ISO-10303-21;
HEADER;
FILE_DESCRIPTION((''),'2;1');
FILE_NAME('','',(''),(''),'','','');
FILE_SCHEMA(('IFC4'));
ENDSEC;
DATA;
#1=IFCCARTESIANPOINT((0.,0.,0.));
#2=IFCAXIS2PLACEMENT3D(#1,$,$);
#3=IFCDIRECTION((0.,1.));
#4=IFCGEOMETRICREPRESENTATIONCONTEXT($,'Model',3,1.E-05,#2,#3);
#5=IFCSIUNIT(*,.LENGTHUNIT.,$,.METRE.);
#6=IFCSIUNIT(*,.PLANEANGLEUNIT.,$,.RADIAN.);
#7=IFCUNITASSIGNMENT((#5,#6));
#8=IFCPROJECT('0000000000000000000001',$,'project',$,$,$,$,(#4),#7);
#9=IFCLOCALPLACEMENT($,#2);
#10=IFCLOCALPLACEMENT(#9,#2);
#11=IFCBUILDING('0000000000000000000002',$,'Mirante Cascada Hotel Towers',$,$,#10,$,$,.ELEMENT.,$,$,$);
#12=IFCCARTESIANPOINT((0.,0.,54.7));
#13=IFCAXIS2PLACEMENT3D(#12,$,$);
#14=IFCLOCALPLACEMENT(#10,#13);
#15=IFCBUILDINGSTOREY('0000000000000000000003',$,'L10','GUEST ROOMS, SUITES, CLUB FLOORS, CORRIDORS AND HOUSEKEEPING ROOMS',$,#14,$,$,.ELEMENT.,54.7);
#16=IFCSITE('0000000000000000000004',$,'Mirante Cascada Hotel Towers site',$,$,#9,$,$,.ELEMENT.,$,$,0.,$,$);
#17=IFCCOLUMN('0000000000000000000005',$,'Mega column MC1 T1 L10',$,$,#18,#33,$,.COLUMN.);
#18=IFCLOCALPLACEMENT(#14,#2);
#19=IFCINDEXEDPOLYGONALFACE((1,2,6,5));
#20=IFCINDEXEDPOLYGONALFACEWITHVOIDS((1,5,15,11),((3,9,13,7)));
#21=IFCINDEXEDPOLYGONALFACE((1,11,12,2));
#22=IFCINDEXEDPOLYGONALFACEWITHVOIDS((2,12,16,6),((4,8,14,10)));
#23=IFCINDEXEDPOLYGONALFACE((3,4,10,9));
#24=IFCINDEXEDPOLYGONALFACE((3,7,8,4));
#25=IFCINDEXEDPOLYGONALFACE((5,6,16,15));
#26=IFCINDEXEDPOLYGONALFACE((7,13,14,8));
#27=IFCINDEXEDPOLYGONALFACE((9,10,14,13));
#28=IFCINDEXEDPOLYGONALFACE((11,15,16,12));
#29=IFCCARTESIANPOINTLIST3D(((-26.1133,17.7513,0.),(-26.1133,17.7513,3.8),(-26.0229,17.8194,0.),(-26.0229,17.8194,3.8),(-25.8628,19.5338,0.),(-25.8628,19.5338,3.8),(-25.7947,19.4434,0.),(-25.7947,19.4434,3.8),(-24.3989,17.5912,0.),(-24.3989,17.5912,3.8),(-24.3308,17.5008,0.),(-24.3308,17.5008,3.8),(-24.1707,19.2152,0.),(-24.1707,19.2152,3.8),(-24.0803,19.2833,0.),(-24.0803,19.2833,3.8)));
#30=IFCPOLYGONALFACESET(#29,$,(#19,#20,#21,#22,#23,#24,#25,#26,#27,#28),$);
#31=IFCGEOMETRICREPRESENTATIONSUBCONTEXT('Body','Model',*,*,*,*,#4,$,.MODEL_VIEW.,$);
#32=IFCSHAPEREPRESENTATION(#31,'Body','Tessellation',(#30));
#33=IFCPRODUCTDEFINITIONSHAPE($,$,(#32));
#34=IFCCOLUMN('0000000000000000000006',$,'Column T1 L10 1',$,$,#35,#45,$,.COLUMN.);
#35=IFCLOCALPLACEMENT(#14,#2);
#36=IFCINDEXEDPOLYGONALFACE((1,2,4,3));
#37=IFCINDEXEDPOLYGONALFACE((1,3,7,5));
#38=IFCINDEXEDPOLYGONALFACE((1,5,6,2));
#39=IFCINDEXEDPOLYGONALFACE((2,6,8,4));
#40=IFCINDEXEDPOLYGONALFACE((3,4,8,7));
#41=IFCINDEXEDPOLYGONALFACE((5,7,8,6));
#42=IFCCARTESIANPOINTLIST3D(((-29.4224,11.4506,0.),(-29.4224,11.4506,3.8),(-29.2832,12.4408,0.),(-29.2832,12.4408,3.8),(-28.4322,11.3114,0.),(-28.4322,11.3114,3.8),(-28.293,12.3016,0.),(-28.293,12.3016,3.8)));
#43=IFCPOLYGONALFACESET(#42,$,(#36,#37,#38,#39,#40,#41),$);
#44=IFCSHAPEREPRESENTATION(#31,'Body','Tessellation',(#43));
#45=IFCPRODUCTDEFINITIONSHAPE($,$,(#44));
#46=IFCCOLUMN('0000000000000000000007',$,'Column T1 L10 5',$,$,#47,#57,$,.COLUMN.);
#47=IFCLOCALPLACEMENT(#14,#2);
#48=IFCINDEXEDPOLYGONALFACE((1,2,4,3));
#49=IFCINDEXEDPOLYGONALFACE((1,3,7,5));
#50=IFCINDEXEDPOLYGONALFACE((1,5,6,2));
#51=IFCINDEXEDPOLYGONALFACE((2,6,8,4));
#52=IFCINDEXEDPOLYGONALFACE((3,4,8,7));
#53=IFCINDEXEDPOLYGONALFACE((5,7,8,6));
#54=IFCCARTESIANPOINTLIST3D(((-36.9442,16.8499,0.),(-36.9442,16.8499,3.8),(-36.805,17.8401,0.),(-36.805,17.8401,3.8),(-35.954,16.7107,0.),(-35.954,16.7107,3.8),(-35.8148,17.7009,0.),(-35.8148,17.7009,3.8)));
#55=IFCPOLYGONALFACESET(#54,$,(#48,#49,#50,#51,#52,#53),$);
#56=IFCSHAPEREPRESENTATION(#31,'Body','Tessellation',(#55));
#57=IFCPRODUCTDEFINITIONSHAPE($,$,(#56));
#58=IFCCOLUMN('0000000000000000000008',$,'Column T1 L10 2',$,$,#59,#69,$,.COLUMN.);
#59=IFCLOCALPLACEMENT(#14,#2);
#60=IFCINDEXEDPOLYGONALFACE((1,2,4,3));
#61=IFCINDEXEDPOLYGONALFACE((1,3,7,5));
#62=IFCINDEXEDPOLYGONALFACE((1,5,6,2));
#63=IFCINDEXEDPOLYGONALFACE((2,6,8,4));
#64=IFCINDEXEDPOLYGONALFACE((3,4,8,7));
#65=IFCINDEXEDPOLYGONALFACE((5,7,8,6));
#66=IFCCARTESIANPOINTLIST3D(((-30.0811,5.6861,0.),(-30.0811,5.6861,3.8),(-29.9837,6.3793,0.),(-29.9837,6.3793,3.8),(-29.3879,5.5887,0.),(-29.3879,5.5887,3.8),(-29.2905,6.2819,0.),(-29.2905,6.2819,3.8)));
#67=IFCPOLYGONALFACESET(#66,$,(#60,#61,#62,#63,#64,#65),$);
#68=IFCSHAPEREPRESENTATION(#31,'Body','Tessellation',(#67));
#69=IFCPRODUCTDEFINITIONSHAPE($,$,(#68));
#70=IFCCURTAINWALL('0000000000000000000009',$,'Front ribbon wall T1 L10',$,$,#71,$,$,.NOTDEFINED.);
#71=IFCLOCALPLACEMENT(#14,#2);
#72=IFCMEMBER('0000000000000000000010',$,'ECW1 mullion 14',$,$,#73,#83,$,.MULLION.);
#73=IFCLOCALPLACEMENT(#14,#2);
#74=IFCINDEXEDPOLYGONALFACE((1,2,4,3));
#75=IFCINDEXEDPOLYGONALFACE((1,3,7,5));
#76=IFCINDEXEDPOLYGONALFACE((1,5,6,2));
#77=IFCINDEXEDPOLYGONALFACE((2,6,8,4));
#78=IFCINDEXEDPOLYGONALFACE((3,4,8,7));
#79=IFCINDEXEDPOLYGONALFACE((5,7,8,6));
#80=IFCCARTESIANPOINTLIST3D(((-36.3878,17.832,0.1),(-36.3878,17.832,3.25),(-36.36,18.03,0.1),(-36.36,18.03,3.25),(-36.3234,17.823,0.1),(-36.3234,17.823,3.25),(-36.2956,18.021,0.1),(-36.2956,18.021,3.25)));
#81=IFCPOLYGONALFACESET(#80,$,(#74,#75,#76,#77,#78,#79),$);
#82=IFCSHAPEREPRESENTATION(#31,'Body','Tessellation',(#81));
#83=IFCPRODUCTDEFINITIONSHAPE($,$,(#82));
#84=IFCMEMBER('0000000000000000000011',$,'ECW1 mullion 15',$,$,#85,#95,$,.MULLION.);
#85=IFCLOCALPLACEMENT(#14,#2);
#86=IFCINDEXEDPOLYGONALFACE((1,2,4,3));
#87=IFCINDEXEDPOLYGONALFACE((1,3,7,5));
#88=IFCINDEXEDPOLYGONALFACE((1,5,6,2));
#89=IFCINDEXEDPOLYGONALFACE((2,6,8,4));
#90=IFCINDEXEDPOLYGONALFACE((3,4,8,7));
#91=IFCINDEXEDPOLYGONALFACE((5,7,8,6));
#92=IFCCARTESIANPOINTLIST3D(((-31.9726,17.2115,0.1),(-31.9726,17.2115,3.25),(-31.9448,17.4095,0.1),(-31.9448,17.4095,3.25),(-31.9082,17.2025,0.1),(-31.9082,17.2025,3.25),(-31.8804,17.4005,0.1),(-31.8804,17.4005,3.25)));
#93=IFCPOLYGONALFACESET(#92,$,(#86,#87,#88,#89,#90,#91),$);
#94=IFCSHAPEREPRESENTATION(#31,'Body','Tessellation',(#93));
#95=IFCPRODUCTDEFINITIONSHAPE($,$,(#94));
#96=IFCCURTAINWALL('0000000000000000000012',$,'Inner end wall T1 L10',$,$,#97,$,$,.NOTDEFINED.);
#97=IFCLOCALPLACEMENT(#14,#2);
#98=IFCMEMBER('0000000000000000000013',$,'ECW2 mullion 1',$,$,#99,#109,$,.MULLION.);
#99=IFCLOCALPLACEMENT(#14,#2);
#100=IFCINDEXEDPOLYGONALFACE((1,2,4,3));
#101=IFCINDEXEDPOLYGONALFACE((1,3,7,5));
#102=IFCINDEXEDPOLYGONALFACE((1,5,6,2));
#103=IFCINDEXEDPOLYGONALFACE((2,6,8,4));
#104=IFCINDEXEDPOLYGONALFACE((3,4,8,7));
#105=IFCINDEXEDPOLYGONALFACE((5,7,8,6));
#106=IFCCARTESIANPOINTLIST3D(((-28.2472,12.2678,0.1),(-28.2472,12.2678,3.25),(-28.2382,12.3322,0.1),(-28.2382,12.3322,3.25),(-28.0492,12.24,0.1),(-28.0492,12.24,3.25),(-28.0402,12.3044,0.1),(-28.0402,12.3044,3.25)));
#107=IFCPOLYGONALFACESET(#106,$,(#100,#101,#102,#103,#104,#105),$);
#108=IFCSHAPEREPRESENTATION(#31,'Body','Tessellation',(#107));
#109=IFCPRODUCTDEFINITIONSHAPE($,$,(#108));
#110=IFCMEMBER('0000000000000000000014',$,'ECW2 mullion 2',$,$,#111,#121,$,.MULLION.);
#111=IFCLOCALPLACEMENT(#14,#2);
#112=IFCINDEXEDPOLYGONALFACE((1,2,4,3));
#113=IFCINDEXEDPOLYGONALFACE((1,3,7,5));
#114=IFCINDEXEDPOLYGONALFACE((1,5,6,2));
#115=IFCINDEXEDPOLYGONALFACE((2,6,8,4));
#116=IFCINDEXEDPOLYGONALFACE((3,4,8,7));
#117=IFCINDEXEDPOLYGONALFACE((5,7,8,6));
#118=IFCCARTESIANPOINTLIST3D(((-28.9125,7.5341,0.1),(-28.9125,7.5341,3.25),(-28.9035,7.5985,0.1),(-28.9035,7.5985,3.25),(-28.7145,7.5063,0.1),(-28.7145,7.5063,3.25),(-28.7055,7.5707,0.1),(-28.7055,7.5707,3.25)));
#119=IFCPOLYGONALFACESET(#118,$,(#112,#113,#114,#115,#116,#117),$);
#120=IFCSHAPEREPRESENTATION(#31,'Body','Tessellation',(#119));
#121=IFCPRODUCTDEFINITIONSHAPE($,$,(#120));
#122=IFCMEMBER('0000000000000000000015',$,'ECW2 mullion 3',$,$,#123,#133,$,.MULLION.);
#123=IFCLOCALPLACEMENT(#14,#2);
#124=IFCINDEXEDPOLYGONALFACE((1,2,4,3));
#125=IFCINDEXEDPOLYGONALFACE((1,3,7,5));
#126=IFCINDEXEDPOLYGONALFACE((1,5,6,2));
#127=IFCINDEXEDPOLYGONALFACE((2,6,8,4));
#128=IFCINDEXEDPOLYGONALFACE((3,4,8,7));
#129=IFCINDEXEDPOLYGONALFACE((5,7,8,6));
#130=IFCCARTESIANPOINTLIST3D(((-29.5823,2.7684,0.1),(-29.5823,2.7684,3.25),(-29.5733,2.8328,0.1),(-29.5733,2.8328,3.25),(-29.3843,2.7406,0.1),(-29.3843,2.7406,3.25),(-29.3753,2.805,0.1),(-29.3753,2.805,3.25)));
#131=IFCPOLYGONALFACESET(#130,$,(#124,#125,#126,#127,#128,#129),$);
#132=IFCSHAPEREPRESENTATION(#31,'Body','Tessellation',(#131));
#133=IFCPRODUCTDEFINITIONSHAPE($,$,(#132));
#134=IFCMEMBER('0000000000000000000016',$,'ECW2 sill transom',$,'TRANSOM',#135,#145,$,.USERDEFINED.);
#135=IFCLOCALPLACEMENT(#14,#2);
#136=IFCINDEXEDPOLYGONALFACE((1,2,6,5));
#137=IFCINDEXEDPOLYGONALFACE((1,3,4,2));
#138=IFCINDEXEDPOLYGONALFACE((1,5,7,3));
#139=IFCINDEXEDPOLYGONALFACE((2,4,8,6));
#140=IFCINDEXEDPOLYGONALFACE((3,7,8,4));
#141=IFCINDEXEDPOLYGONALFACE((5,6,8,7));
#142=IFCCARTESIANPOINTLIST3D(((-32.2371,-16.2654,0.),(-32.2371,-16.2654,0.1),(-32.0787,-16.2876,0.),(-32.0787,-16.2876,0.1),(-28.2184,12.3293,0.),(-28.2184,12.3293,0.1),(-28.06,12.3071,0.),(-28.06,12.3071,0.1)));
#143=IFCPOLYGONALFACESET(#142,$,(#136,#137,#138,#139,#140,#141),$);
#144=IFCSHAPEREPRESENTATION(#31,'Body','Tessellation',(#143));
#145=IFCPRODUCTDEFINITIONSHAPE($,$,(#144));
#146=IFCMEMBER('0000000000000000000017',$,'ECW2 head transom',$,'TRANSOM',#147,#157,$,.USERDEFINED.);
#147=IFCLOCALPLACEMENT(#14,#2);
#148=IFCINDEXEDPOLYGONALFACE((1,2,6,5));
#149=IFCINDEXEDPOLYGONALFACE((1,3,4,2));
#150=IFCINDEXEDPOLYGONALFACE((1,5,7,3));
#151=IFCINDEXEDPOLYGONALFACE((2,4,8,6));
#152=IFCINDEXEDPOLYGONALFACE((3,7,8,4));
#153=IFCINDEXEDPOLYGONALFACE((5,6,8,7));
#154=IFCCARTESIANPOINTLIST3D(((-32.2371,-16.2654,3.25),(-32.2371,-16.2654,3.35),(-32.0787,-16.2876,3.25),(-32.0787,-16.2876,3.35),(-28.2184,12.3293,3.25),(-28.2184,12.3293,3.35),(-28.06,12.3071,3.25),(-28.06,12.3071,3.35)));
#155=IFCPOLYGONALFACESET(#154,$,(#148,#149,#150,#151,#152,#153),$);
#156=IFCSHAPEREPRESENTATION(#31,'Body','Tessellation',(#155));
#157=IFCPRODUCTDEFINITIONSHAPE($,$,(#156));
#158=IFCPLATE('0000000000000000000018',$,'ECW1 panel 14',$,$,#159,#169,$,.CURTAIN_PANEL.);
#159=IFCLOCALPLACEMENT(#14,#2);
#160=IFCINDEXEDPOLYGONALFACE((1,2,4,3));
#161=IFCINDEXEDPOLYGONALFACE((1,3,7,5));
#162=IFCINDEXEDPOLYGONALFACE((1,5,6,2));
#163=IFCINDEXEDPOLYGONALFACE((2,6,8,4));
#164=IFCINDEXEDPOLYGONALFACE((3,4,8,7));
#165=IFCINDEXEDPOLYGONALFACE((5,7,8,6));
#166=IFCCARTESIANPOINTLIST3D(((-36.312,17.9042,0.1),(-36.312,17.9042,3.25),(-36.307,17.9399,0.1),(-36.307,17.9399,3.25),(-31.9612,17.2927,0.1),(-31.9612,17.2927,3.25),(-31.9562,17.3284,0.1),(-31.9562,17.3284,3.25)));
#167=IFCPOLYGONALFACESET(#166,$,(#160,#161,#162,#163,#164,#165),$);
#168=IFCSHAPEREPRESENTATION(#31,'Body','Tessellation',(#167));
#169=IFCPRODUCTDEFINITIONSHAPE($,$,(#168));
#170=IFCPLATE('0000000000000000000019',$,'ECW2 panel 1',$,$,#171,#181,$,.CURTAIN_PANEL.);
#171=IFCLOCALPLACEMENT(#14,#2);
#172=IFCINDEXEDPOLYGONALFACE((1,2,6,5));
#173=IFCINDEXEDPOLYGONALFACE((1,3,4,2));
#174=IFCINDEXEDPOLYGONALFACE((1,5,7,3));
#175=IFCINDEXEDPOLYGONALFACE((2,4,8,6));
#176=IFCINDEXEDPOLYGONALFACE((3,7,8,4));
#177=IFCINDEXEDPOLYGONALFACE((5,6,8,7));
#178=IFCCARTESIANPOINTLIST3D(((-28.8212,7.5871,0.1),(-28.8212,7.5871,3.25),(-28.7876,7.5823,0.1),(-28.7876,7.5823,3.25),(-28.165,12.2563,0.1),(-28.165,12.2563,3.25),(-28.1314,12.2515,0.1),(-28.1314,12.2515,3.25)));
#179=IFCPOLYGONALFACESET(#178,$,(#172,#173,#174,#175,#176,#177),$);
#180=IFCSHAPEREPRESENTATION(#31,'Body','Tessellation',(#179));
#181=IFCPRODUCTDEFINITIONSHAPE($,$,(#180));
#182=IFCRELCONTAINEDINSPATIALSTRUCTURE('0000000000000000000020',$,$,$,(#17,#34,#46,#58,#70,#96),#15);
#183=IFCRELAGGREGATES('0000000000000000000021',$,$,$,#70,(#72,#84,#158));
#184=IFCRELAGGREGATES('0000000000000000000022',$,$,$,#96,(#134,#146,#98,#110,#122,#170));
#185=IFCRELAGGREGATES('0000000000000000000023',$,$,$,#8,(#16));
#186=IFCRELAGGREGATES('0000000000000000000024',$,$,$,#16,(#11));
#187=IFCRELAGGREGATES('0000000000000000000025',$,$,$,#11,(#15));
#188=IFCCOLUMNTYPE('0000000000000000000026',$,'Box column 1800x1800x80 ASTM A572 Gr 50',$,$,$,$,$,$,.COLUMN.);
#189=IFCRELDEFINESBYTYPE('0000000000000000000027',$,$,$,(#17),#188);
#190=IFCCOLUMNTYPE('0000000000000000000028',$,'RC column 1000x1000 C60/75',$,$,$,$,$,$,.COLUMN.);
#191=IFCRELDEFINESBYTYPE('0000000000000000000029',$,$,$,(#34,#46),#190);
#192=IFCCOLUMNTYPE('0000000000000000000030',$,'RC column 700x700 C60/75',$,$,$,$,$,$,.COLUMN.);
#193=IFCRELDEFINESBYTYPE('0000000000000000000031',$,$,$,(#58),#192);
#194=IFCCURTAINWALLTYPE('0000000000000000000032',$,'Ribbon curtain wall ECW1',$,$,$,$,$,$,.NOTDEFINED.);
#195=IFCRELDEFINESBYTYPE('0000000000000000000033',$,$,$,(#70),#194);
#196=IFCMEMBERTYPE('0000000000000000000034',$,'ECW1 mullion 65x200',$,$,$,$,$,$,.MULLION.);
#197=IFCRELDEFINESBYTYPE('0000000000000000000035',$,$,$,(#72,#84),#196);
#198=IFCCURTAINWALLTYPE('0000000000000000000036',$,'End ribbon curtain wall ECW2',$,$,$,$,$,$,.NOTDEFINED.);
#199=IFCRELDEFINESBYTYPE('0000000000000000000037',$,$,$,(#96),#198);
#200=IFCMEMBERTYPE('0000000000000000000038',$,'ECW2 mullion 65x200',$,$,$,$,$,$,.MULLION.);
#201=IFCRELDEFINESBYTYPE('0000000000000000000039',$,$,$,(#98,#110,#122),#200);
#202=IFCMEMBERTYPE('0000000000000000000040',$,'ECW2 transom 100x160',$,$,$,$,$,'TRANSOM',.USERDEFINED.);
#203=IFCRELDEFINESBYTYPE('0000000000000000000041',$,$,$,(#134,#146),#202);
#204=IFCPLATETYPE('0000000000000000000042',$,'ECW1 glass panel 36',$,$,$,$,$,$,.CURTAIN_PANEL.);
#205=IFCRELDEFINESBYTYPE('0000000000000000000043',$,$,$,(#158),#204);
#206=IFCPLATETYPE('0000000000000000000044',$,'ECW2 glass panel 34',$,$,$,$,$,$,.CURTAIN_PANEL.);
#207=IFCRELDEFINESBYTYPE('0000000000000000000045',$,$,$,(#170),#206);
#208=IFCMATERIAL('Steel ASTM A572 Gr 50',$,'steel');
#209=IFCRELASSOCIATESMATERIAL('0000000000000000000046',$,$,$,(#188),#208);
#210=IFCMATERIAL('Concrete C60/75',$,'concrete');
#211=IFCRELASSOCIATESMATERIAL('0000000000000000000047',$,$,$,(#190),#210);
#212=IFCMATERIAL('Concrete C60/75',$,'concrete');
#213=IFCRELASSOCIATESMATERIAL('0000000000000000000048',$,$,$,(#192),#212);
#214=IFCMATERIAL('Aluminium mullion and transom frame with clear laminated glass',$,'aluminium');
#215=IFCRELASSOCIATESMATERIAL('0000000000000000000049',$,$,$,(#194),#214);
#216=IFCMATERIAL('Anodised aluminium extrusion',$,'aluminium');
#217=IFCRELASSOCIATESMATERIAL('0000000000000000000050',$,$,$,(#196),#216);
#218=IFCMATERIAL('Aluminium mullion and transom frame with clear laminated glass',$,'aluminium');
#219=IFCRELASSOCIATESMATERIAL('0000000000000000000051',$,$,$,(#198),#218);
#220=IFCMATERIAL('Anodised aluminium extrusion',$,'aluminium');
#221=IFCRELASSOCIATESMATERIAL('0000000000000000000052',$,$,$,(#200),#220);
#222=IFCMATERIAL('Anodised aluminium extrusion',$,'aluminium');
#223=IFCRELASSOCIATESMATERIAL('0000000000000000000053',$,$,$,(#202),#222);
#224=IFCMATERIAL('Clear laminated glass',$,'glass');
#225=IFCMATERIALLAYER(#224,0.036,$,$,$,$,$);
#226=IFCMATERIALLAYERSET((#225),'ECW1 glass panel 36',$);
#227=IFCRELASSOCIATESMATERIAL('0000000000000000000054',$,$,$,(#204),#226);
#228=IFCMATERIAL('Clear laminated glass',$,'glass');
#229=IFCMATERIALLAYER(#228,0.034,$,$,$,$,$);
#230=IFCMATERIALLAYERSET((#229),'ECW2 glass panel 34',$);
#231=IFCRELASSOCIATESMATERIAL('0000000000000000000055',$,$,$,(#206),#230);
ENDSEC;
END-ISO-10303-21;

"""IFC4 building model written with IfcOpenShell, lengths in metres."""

from ifc_helpers import new_model, si_unit, direction, frame, origin, origin_2d, place, context, subcontext, project, spatial, rectangle, hollow_rectangle, extrude, material, layer, layer_set, material_profile, profile_set, type_object, element, aggregate, save


model = new_model("IFC4")

# Units and contexts
model_context = context("Model", 3, precision=1e-05, world=origin(), true_north=direction((0.0, 1.0)))
body_context = subcontext(model_context, "Body", "Model", "MODEL_VIEW")
ifc_project = project(units=[si_unit("LENGTHUNIT", "METRE"), si_unit("PLANEANGLEUNIT", "RADIAN")], contexts=[model_context])

# Site, building, storey
site_placement = place(None, origin())
site = spatial("IfcSite", under=ifc_project, at=site_placement, Name="Mirante Cascada Hotel Towers site", CompositionType="ELEMENT", RefElevation=0.0)
building_placement = place(site_placement, origin())
building = spatial("IfcBuilding", under=site, at=building_placement, Name="Mirante Cascada Hotel Towers", CompositionType="ELEMENT")
storey_placement = place(building_placement, frame((0.0, 0.0, 54.7)))
storey = spatial("IfcBuildingStorey", under=building, at=storey_placement, Name="L10", Description="GUEST ROOMS, SUITES, CLUB FLOORS, CORRIDORS AND HOUSEKEEPING ROOMS", CompositionType="ELEMENT", Elevation=54.7)

# Columns
ifc_material_1 = material(Name="Steel ASTM A572 Gr 50", Category="steel")
ifc_material_profile_1 = material_profile(ifc_material_1, hollow_rectangle(XDim=1.8, YDim=1.8, WallThickness=0.08, at=origin_2d()), Name="Box column 1800x1800x80 ASTM A572 Gr 50")
ifc_profile_set_1 = profile_set([ifc_material_profile_1], Name="Steel ASTM A572 Gr 50")
column_type_1 = type_object("IfcColumnType", Name="Box column 1800x1800x80 ASTM A572 Gr 50", PredefinedType="COLUMN", material=ifc_profile_set_1)
column_1_placement = place(storey_placement, frame((-25.0968, 18.5173, 0.0), z_axis=(0.0, 0.0, 1.0), x_axis=(-0.990268, 0.139173, 0.0)))
element("IfcColumn", 1, at=column_1_placement, inside=storey, type_object=column_type_1, Name="Mega column MC1 T1 L10", PredefinedType="COLUMN", context=body_context, shape_type="SweptSolid", body=[
    extrude(hollow_rectangle(XDim=1.8, YDim=1.8, WallThickness=0.08, at=origin_2d()), origin(), (0.0, 0.0, 1.0), 3.8),
])
ifc_material_2 = material(Name="Concrete C60/75", Category="concrete")
ifc_material_profile_2 = material_profile(ifc_material_2, rectangle(XDim=1.0, YDim=1.0, at=origin_2d()), Name="RC column 1000x1000 C60/75")
ifc_profile_set_2 = profile_set([ifc_material_profile_2], Name="Concrete C60/75")
column_type_2 = type_object("IfcColumnType", Name="RC column 1000x1000 C60/75", PredefinedType="COLUMN", material=ifc_profile_set_2)
for number, where, z_axis, x_axis, name in (
    (2, (-28.8577, 11.8761, 0.0), (0.0, 0.0, 1.0), (-0.990268, 0.139173, 0.0), "Column T1 L10 1"),
    (3, (-36.3795, 17.2754, 0.0), (0.0, 0.0, 1.0), (-0.990268, 0.139173, 0.0), "Column T1 L10 5"),
):
    element("IfcColumn", number, at=place(storey_placement, frame(where, z_axis=z_axis, x_axis=x_axis)), inside=storey, type_object=column_type_2, Name=name, PredefinedType="COLUMN", context=body_context, shape_type="SweptSolid", body=[
        extrude(rectangle(XDim=1.0, YDim=1.0, at=origin_2d()), origin(), (0.0, 0.0, 1.0), 3.8),
    ])
ifc_material_3 = material(Name="Concrete C60/75", Category="concrete")
ifc_material_profile_3 = material_profile(ifc_material_3, rectangle(XDim=0.7, YDim=0.7, at=origin_2d()), Name="RC column 700x700 C60/75")
ifc_profile_set_3 = profile_set([ifc_material_profile_3], Name="Concrete C60/75")
column_type_3 = type_object("IfcColumnType", Name="RC column 700x700 C60/75", PredefinedType="COLUMN", material=ifc_profile_set_3)
column_2_placement = place(storey_placement, frame((-29.6858, 5.984, 0.0), z_axis=(0.0, 0.0, 1.0), x_axis=(-0.990268, 0.139173, 0.0)))
element("IfcColumn", 4, at=column_2_placement, inside=storey, type_object=column_type_3, Name="Column T1 L10 2", PredefinedType="COLUMN", context=body_context, shape_type="SweptSolid", body=[
    extrude(rectangle(XDim=0.7, YDim=0.7, at=origin_2d()), origin(), (0.0, 0.0, 1.0), 3.8),
])

# Curtain walls, members
ifc_material_4 = material(Name="Aluminium mullion and transom frame with clear laminated glass", Category="aluminium")
curtain_wall_type_1 = type_object("IfcCurtainWallType", Name="Ribbon curtain wall ECW1", PredefinedType="NOTDEFINED", material=ifc_material_4)
curtain_wall_1_placement = place(storey_placement, origin())
curtain_wall_1 = element("IfcCurtainWall", 5, at=curtain_wall_1_placement, inside=storey, type_object=curtain_wall_type_1, Name="Front ribbon wall T1 L10", PredefinedType="NOTDEFINED")
ifc_material_5 = material(Name="Anodised aluminium extrusion", Category="aluminium")
ifc_material_profile_4 = material_profile(ifc_material_5, rectangle(XDim=0.2, YDim=0.065, at=origin_2d()), Name="ECW1 MULLION 65x200")
ifc_profile_set_4 = profile_set([ifc_material_profile_4], Name="Anodised aluminium extrusion")
member_type_1 = type_object("IfcMemberType", Name="ECW1 mullion 65x200", PredefinedType="MULLION", material=ifc_profile_set_4)
member_1_placement = place(storey_placement, frame((-36.3417, 17.9265, 0.1), z_axis=(0.0, 0.0, 1.0), x_axis=(0.139173, 0.990268, 0.0)))
member_1 = element("IfcMember", 6, at=member_1_placement, type_object=member_type_1, Name="ECW1 mullion 14", PredefinedType="MULLION", context=body_context, shape_type="SweptSolid", body=[
    extrude(rectangle(XDim=0.2, YDim=0.065, at=origin_2d()), origin(), (0.0, 0.0, 1.0), 3.15),
])
member_2_placement = place(storey_placement, frame((-31.9265, 17.306, 0.1), z_axis=(0.0, 0.0, 1.0), x_axis=(0.139173, 0.990268, 0.0)))
member_2 = element("IfcMember", 7, at=member_2_placement, type_object=member_type_1, Name="ECW1 mullion 15", PredefinedType="MULLION", context=body_context, shape_type="SweptSolid", body=[
    extrude(rectangle(XDim=0.2, YDim=0.065, at=origin_2d()), origin(), (0.0, 0.0, 1.0), 3.15),
])
ifc_material_6 = material(Name="Aluminium mullion and transom frame with clear laminated glass", Category="aluminium")
curtain_wall_type_2 = type_object("IfcCurtainWallType", Name="End ribbon curtain wall ECW2", PredefinedType="NOTDEFINED", material=ifc_material_6)
curtain_wall_2_placement = place(storey_placement, origin())
curtain_wall_2 = element("IfcCurtainWall", 8, at=curtain_wall_2_placement, inside=storey, type_object=curtain_wall_type_2, Name="Inner end wall T1 L10", PredefinedType="NOTDEFINED")
ifc_material_7 = material(Name="Anodised aluminium extrusion", Category="aluminium")
ifc_material_profile_5 = material_profile(ifc_material_7, rectangle(XDim=0.2, YDim=0.065, at=origin_2d()), Name="ECW2 MULLION 65x200")
ifc_profile_set_5 = profile_set([ifc_material_profile_5], Name="Anodised aluminium extrusion")
member_type_2 = type_object("IfcMemberType", Name="ECW2 mullion 65x200", PredefinedType="MULLION", material=ifc_profile_set_5)
member_3_placement = place(storey_placement, frame((-28.1437, 12.2861, 0.1), z_axis=(0.0, 0.0, 1.0), x_axis=(0.990268, -0.139173, 0.0)))
member_3 = element("IfcMember", 9, at=member_3_placement, type_object=member_type_2, Name="ECW2 mullion 1", PredefinedType="MULLION", context=body_context, shape_type="SweptSolid", body=[
    extrude(rectangle(XDim=0.2, YDim=0.065, at=origin_2d()), origin(), (0.0, 0.0, 1.0), 3.15),
])
member_4_placement = place(storey_placement, frame((-28.809, 7.5524, 0.1), z_axis=(0.0, 0.0, 1.0), x_axis=(0.990268, -0.139173, 0.0)))
member_4 = element("IfcMember", 10, at=member_4_placement, type_object=member_type_2, Name="ECW2 mullion 2", PredefinedType="MULLION", context=body_context, shape_type="SweptSolid", body=[
    extrude(rectangle(XDim=0.2, YDim=0.065, at=origin_2d()), origin(), (0.0, 0.0, 1.0), 3.15),
])
member_5_placement = place(storey_placement, frame((-29.4788, 2.7867, 0.1), z_axis=(0.0, 0.0, 1.0), x_axis=(0.990268, -0.139173, 0.0)))
member_5 = element("IfcMember", 11, at=member_5_placement, type_object=member_type_2, Name="ECW2 mullion 3", PredefinedType="MULLION", context=body_context, shape_type="SweptSolid", body=[
    extrude(rectangle(XDim=0.2, YDim=0.065, at=origin_2d()), origin(), (0.0, 0.0, 1.0), 3.15),
])
ifc_material_8 = material(Name="Anodised aluminium extrusion", Category="aluminium")
ifc_material_profile_6 = material_profile(ifc_material_8, rectangle(XDim=0.16, YDim=0.1, at=origin_2d()), Name="ECW2 TRANSOM 100x160")
ifc_profile_set_6 = profile_set([ifc_material_profile_6], Name="Anodised aluminium extrusion")
member_type_3 = type_object("IfcMemberType", Name="ECW2 transom 100x160", ElementType="TRANSOM", PredefinedType="USERDEFINED", material=ifc_profile_set_6)
member_6_placement = place(storey_placement, frame((-28.1392, 12.3182, 0.05), z_axis=(-0.139172, -0.990268, 0.0), x_axis=(0.990268, -0.139172, 0.0)))
member_6 = element("IfcMember", 12, at=member_6_placement, type_object=member_type_3, Name="ECW2 sill transom", ObjectType="TRANSOM", PredefinedType="USERDEFINED", context=body_context, shape_type="SweptSolid", body=[
    extrude(rectangle(XDim=0.16, YDim=0.1, at=origin_2d()), origin(), (0.0, 0.0, 1.0), 28.8757),
])
member_7_placement = place(storey_placement, frame((-28.1392, 12.3182, 3.3), z_axis=(-0.139172, -0.990268, 0.0), x_axis=(0.990268, -0.139172, 0.0)))
member_7 = element("IfcMember", 13, at=member_7_placement, type_object=member_type_3, Name="ECW2 head transom", ObjectType="TRANSOM", PredefinedType="USERDEFINED", context=body_context, shape_type="SweptSolid", body=[
    extrude(rectangle(XDim=0.16, YDim=0.1, at=origin_2d()), origin(), (0.0, 0.0, 1.0), 28.8757),
])

# Plates
ifc_material_9 = material(Name="Clear laminated glass", Category="glass")
ifc_layer_1 = layer(ifc_material_9, 0.036)
ifc_layer_set_1 = layer_set([ifc_layer_1], Name="ECW1 glass panel 36")
plate_type_1 = type_object("IfcPlateType", Name="ECW1 glass panel 36", PredefinedType="CURTAIN_PANEL", material=ifc_layer_set_1)
plate_1_placement = place(storey_placement, frame((-34.1341, 17.6163, 0.1), z_axis=(0.0, 0.0, 1.0), x_axis=(0.990268, -0.139173, 0.0)))
plate_1 = element("IfcPlate", 14, at=plate_1_placement, type_object=plate_type_1, Name="ECW1 panel 14", PredefinedType="CURTAIN_PANEL", context=body_context, shape_type="SweptSolid", body=[
    extrude(rectangle(XDim=4.3936, YDim=0.036, at=origin_2d()), origin(), (0.0, 0.0, 1.0), 3.15),
])
aggregate(curtain_wall_1, [member_1, member_2, plate_1])
ifc_material_10 = material(Name="Clear laminated glass", Category="glass")
ifc_layer_2 = layer(ifc_material_10, 0.034)
ifc_layer_set_2 = layer_set([ifc_layer_2], Name="ECW2 glass panel 34")
plate_type_2 = type_object("IfcPlateType", Name="ECW2 glass panel 34", PredefinedType="CURTAIN_PANEL", material=ifc_layer_set_2)
plate_2_placement = place(storey_placement, frame((-28.4763, 9.9193, 0.1), z_axis=(0.0, 0.0, 1.0), x_axis=(-0.139173, -0.990268, 0.0)))
plate_2 = element("IfcPlate", 15, at=plate_2_placement, type_object=plate_type_2, Name="ECW2 panel 1", PredefinedType="CURTAIN_PANEL", context=body_context, shape_type="SweptSolid", body=[
    extrude(rectangle(XDim=4.7151, YDim=0.034, at=origin_2d()), origin(), (0.0, 0.0, 1.0), 3.15),
])
aggregate(curtain_wall_2, [member_6, member_7, member_3, member_4, member_5, plate_2])

save(model, "model.ifc")
